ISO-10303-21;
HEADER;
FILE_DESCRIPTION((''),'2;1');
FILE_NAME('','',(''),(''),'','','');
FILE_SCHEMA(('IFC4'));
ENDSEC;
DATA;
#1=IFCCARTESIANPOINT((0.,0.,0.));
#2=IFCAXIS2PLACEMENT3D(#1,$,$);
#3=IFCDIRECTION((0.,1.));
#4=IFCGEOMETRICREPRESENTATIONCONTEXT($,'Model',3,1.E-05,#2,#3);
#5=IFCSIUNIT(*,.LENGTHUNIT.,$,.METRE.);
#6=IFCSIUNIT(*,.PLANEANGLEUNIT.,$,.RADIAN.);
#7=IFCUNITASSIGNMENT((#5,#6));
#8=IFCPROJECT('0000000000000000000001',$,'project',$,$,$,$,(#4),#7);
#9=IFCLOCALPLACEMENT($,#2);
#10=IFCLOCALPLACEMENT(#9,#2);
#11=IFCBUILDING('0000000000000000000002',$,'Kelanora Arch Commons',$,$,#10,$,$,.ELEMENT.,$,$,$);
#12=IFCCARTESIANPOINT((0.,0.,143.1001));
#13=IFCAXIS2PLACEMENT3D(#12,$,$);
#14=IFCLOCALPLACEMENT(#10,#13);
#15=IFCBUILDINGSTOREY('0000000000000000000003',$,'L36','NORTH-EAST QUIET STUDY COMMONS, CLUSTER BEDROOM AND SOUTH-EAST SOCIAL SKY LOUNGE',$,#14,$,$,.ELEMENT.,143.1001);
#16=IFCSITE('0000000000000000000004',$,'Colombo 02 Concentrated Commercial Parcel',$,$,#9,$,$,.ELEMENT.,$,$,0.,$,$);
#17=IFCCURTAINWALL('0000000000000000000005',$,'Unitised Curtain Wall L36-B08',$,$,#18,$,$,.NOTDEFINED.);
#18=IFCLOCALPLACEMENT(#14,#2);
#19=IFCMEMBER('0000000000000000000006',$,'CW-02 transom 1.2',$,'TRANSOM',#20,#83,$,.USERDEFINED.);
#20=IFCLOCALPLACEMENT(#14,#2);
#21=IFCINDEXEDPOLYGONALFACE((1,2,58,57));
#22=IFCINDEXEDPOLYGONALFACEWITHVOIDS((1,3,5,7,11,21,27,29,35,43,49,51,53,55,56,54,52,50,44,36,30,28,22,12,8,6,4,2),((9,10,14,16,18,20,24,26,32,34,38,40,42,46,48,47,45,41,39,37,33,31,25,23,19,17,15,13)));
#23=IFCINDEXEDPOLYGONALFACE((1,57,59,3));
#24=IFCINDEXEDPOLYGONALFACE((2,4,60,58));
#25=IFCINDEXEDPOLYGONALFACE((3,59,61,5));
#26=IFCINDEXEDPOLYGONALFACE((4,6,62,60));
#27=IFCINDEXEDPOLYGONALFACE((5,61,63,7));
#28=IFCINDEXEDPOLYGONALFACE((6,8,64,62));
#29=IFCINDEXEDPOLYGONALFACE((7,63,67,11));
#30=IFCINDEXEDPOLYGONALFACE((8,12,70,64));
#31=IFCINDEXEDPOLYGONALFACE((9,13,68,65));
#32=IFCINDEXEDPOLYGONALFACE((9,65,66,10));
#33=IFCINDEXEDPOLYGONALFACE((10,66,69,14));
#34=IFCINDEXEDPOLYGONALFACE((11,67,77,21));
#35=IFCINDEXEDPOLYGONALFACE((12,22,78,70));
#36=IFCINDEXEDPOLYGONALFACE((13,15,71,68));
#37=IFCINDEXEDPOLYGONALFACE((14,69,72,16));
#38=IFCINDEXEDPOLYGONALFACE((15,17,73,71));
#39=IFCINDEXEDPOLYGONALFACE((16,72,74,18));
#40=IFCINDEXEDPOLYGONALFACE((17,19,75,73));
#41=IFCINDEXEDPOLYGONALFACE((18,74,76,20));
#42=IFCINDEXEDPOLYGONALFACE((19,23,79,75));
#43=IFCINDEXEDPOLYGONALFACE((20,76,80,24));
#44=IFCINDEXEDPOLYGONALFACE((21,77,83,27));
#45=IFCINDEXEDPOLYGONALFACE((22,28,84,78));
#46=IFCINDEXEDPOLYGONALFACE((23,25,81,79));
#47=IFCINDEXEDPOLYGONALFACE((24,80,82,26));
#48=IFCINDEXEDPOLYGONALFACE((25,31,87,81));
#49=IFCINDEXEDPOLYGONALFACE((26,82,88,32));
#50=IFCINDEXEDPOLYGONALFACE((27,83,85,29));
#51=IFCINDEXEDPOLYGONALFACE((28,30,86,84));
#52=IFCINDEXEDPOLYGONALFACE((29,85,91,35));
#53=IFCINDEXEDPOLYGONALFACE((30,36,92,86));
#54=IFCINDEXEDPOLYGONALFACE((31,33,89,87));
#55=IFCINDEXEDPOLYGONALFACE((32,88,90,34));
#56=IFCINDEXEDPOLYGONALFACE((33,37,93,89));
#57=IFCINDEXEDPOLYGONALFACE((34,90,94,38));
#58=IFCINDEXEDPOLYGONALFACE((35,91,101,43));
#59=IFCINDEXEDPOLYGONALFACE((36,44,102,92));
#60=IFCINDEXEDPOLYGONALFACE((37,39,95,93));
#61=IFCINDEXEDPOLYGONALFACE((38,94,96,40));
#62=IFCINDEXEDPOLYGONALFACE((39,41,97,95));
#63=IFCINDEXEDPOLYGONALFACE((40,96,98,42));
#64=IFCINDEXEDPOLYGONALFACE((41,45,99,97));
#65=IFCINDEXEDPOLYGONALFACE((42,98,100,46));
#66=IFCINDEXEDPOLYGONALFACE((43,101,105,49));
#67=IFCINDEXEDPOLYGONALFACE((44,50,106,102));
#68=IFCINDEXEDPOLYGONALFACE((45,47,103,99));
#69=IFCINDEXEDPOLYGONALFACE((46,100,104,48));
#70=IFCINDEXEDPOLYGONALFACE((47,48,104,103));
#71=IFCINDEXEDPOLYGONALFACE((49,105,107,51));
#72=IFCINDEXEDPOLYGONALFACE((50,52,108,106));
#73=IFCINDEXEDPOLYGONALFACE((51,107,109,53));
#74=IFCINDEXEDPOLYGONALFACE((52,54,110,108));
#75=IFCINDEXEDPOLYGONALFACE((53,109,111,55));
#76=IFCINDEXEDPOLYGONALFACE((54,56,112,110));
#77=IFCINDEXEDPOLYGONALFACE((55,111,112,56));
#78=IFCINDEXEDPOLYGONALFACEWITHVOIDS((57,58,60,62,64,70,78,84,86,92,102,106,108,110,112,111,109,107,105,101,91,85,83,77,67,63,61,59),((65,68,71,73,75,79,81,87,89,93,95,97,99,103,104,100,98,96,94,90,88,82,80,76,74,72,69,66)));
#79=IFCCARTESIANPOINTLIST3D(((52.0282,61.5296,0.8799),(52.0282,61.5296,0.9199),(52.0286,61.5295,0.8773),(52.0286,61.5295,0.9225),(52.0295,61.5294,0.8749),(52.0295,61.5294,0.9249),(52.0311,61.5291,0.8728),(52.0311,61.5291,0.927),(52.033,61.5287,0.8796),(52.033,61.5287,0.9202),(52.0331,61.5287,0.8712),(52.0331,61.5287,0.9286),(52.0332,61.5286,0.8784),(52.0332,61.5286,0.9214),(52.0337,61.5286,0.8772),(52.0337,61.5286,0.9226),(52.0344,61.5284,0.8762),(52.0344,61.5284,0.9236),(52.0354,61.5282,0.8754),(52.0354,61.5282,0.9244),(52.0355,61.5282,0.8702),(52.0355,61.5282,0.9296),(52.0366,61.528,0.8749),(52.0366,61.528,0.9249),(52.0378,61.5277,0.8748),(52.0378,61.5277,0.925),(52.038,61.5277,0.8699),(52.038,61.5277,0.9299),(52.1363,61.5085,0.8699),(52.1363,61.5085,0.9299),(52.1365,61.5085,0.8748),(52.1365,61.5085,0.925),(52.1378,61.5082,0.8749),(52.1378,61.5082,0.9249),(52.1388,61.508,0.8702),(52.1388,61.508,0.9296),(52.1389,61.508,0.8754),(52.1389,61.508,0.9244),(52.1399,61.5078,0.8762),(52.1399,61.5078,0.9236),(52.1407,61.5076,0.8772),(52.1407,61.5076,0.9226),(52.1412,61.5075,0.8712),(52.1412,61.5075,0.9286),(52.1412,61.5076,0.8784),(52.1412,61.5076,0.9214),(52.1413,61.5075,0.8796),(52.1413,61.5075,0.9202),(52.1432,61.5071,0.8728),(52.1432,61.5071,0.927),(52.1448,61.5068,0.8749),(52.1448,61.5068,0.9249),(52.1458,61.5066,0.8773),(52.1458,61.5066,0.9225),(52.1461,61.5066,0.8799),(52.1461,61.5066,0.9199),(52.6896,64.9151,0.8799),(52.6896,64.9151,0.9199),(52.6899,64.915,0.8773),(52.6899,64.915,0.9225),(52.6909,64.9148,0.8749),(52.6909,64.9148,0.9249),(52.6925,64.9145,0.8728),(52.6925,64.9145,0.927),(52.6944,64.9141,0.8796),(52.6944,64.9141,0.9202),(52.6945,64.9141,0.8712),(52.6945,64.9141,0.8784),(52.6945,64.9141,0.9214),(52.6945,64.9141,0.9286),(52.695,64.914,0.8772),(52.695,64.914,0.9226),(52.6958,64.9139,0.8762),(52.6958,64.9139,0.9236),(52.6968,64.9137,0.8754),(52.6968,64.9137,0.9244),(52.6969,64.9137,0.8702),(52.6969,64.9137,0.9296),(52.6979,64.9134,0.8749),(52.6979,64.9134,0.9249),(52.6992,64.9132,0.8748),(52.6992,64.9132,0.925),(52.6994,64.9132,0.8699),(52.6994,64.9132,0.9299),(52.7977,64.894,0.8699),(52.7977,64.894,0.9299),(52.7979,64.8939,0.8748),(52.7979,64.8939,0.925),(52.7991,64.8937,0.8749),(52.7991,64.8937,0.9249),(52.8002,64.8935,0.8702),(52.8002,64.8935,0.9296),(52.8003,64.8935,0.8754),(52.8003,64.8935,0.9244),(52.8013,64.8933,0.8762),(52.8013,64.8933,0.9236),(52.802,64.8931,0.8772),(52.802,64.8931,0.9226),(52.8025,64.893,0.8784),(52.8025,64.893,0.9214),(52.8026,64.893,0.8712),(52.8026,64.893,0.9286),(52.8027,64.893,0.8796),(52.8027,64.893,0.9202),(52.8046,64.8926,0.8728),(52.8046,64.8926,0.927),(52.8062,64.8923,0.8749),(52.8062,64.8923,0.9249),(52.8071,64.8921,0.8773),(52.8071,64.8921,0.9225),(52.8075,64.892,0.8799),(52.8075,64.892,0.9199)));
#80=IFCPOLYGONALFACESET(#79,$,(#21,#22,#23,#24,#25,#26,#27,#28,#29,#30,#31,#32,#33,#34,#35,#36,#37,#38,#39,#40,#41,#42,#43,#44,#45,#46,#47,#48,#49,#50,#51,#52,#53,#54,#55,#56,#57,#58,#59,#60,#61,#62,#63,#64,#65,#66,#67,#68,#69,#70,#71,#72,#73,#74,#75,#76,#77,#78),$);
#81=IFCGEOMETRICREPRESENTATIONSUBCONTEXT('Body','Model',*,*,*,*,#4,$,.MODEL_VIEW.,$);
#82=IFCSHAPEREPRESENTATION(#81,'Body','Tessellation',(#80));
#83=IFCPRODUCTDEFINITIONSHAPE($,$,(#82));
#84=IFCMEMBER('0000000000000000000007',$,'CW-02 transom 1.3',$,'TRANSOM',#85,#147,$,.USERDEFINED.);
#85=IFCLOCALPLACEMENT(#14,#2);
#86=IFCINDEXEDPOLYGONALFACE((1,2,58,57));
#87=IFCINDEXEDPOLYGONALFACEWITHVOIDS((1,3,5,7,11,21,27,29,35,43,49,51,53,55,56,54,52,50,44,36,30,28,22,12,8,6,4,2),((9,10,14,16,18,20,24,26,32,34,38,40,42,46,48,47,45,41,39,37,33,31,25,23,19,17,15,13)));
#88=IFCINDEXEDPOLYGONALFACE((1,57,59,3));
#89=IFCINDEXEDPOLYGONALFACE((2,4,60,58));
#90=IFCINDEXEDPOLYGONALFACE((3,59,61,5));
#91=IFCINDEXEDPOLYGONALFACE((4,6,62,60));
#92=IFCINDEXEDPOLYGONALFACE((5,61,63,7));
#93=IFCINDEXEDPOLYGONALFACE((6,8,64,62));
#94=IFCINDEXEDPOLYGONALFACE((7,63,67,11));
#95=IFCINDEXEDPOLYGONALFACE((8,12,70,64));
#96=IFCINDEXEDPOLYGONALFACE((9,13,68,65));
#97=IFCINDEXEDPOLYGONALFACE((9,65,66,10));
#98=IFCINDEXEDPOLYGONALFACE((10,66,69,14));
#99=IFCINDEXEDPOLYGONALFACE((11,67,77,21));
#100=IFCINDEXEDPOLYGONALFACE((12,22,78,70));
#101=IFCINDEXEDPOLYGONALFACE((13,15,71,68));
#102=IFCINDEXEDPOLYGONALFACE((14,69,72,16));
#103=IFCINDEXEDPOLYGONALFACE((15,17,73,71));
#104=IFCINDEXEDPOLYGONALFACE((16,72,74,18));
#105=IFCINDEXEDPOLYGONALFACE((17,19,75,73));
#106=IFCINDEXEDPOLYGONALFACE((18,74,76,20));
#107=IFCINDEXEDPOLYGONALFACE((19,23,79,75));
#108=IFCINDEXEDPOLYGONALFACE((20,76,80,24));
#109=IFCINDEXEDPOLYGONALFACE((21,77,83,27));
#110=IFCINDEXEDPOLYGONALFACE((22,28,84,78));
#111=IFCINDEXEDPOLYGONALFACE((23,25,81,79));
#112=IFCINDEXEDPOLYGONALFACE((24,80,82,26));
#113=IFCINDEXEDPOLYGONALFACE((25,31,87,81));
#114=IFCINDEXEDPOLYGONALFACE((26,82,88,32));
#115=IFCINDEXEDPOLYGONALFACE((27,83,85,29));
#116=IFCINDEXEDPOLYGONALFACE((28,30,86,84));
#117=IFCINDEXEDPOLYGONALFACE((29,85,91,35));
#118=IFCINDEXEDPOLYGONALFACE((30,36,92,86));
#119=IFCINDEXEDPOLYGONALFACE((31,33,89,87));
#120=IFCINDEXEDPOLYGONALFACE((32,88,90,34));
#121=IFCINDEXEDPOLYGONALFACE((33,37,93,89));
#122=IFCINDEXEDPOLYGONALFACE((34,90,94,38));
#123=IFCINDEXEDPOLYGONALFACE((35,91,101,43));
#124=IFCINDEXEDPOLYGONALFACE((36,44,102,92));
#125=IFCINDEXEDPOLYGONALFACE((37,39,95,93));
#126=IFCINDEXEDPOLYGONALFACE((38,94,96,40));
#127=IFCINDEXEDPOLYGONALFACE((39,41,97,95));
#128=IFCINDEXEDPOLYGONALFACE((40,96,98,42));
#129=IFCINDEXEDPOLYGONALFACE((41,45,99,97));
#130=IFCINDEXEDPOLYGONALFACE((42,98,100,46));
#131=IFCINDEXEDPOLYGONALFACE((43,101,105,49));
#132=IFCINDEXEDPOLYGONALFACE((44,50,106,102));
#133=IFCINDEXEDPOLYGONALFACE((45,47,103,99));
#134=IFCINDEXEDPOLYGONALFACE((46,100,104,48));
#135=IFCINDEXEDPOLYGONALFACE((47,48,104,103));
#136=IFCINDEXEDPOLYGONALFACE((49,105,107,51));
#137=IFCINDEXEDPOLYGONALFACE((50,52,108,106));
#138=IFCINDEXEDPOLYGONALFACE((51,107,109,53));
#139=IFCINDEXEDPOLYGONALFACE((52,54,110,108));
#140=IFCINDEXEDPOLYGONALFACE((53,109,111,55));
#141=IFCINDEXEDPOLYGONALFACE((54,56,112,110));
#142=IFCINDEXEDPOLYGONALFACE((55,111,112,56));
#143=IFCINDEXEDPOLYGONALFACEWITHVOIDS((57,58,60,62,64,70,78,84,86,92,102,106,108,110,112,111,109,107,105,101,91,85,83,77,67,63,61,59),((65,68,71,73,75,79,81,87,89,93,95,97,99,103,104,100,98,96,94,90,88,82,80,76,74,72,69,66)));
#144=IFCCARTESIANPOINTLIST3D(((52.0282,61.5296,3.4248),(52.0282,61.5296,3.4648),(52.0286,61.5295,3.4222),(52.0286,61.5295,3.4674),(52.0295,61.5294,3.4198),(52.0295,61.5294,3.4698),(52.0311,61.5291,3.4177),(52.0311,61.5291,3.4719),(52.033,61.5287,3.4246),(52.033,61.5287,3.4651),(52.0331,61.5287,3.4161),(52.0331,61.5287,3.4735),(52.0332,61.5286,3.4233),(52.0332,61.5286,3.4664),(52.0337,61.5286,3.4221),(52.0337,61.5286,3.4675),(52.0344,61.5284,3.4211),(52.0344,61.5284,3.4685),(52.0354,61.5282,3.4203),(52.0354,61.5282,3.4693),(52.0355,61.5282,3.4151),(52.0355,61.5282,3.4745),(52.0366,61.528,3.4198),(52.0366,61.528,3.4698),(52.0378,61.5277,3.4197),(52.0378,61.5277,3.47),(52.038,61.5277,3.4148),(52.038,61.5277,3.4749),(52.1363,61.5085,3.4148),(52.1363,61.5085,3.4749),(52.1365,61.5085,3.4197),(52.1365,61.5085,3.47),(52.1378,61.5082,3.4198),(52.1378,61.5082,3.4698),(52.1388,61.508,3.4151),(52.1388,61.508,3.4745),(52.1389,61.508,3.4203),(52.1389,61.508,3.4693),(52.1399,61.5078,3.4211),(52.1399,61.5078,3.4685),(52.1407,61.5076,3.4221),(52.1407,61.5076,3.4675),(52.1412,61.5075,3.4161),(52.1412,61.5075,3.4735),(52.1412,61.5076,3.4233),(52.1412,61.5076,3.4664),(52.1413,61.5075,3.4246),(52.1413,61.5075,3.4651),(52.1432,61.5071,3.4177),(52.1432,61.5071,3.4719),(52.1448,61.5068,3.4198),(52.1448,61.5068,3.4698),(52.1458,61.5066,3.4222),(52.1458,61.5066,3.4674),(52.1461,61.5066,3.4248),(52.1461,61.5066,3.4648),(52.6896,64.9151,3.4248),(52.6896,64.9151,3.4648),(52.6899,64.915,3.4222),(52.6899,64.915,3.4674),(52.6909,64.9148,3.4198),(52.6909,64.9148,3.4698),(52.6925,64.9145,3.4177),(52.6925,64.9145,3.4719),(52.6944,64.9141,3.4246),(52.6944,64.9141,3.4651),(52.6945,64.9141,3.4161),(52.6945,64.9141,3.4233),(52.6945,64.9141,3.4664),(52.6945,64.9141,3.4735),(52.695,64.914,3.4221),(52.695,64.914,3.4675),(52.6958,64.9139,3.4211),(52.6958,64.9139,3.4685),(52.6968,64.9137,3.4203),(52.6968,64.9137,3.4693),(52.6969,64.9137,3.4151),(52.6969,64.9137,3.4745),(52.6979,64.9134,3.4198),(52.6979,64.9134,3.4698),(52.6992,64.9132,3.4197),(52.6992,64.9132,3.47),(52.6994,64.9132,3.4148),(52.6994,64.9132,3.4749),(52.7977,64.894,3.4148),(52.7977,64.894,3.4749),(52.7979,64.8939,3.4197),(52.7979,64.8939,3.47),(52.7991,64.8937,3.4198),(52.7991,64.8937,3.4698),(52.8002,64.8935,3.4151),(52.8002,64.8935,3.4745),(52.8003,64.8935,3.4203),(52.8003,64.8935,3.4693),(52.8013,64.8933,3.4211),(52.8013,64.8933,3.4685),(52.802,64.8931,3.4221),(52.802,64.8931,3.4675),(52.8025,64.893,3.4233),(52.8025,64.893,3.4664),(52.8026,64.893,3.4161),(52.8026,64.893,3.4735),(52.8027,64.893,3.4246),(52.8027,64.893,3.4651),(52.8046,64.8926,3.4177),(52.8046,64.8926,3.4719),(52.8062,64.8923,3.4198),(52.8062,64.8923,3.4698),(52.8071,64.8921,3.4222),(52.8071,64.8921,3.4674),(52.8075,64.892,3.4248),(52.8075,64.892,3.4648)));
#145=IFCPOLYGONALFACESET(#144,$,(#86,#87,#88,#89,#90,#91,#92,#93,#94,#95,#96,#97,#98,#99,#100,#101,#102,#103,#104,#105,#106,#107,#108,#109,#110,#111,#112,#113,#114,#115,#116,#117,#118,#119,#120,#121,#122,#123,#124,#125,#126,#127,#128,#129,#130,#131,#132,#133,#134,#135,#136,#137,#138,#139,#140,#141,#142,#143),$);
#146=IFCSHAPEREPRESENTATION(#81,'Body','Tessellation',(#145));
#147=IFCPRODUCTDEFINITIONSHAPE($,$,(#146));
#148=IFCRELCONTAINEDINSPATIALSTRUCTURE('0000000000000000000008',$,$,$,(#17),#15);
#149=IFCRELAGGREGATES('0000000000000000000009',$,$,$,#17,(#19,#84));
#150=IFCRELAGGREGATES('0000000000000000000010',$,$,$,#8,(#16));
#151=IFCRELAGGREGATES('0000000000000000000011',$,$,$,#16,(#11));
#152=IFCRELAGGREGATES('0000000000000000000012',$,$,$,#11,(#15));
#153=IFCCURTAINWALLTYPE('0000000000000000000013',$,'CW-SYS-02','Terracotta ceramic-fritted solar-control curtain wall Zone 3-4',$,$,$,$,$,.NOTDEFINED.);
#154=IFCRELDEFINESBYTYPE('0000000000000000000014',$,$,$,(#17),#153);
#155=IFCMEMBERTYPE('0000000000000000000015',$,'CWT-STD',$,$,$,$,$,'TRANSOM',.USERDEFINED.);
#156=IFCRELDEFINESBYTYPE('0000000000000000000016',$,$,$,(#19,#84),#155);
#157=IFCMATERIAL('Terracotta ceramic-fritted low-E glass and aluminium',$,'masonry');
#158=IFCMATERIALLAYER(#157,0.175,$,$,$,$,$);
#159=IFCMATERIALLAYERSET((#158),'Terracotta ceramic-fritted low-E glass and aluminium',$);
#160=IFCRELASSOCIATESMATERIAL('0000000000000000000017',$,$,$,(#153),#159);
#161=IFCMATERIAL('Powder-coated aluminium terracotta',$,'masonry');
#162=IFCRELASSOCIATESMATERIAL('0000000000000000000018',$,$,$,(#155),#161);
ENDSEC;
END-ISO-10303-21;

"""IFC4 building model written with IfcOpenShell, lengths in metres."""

from ifc_helpers import new_model, si_unit, direction, frame, origin, origin_2d, place, context, subcontext, project, spatial, hollow_rectangle, extrude, material, layer, layer_set, material_profile, profile_set, type_object, element, aggregate, save


model = new_model("IFC4")

# Units and contexts
model_context = context("Model", 3, precision=1e-05, world=origin(), true_north=direction((0.0, 1.0)))
body_context = subcontext(model_context, "Body", "Model", "MODEL_VIEW")
ifc_project = project(units=[si_unit("LENGTHUNIT", "METRE"), si_unit("PLANEANGLEUNIT", "RADIAN")], contexts=[model_context])

# Site, building, storey
site_placement = place(None, origin())
site = spatial("IfcSite", under=ifc_project, at=site_placement, Name="Colombo 02 Concentrated Commercial Parcel", CompositionType="ELEMENT", RefElevation=0.0)
building_placement = place(site_placement, origin())
building = spatial("IfcBuilding", under=site, at=building_placement, Name="Kelanora Arch Commons", CompositionType="ELEMENT")
storey_placement = place(building_placement, frame((0.0, 0.0, 143.1001)))
storey = spatial("IfcBuildingStorey", under=building, at=storey_placement, Name="L36", Description="NORTH-EAST QUIET STUDY COMMONS, CLUSTER BEDROOM AND SOUTH-EAST SOCIAL SKY LOUNGE", CompositionType="ELEMENT", Elevation=143.1001)

# Curtain wall, members
ifc_material_1 = material(Name="Terracotta ceramic-fritted low-E glass and aluminium", Category="masonry")
ifc_layer_1 = layer(ifc_material_1, 0.175)
ifc_layer_set_1 = layer_set([ifc_layer_1], Name="Terracotta ceramic-fritted low-E glass and aluminium")
curtain_wall_type = type_object("IfcCurtainWallType", Name="CW-SYS-02", Description="Terracotta ceramic-fritted solar-control curtain wall Zone 3-4", PredefinedType="NOTDEFINED", material=ifc_layer_set_1)
curtain_wall_placement = place(storey_placement, origin())
curtain_wall = element("IfcCurtainWall", 1, at=curtain_wall_placement, inside=storey, type_object=curtain_wall_type, Name="Unitised Curtain Wall L36-B08", PredefinedType="NOTDEFINED")
ifc_material_2 = material(Name="Powder-coated aluminium terracotta", Category="masonry")
ifc_material_profile_1 = material_profile(ifc_material_2, hollow_rectangle(XDim=0.1201, YDim=0.0601, WallThickness=0.0049, InnerFilletRadius=0.0049, OuterFilletRadius=0.01, at=origin_2d()), Name="CWT120x60")
ifc_profile_set_1 = profile_set([ifc_material_profile_1], Name="Powder-coated aluminium terracotta")
member_type_1 = type_object("IfcMemberType", Name="CWT-STD", ElementType="TRANSOM", PredefinedType="USERDEFINED", material=ifc_profile_set_1)
member_1_placement = place(storey_placement, frame((52.7485, 64.9036, 0.8999), z_axis=(-0.191732, -0.981447, 0.0), x_axis=(0.981447, -0.191732, 0.0)))
member_1 = element("IfcMember", 2, at=member_1_placement, type_object=member_type_1, Name="CW-02 transom 1.2", ObjectType="TRANSOM", PredefinedType="USERDEFINED", context=body_context, shape_type="SweptSolid", body=[
    extrude(hollow_rectangle(XDim=0.1201, YDim=0.0601, WallThickness=0.0049, InnerFilletRadius=0.0049, OuterFilletRadius=0.01, at=origin_2d()), origin(), (0.0, 0.0, 1.0), 3.4495),
])
member_2_placement = place(storey_placement, frame((52.7485, 64.9036, 3.4448), z_axis=(-0.191732, -0.981447, 0.0), x_axis=(0.981447, -0.191732, 0.0)))
member_2 = element("IfcMember", 3, at=member_2_placement, type_object=member_type_1, Name="CW-02 transom 1.3", ObjectType="TRANSOM", PredefinedType="USERDEFINED", context=body_context, shape_type="SweptSolid", body=[
    extrude(hollow_rectangle(XDim=0.1201, YDim=0.0601, WallThickness=0.0049, InnerFilletRadius=0.0049, OuterFilletRadius=0.01, at=origin_2d()), origin(), (0.0, 0.0, 1.0), 3.4495),
])
aggregate(curtain_wall, [member_1, member_2])

save(model, "model.ifc")
